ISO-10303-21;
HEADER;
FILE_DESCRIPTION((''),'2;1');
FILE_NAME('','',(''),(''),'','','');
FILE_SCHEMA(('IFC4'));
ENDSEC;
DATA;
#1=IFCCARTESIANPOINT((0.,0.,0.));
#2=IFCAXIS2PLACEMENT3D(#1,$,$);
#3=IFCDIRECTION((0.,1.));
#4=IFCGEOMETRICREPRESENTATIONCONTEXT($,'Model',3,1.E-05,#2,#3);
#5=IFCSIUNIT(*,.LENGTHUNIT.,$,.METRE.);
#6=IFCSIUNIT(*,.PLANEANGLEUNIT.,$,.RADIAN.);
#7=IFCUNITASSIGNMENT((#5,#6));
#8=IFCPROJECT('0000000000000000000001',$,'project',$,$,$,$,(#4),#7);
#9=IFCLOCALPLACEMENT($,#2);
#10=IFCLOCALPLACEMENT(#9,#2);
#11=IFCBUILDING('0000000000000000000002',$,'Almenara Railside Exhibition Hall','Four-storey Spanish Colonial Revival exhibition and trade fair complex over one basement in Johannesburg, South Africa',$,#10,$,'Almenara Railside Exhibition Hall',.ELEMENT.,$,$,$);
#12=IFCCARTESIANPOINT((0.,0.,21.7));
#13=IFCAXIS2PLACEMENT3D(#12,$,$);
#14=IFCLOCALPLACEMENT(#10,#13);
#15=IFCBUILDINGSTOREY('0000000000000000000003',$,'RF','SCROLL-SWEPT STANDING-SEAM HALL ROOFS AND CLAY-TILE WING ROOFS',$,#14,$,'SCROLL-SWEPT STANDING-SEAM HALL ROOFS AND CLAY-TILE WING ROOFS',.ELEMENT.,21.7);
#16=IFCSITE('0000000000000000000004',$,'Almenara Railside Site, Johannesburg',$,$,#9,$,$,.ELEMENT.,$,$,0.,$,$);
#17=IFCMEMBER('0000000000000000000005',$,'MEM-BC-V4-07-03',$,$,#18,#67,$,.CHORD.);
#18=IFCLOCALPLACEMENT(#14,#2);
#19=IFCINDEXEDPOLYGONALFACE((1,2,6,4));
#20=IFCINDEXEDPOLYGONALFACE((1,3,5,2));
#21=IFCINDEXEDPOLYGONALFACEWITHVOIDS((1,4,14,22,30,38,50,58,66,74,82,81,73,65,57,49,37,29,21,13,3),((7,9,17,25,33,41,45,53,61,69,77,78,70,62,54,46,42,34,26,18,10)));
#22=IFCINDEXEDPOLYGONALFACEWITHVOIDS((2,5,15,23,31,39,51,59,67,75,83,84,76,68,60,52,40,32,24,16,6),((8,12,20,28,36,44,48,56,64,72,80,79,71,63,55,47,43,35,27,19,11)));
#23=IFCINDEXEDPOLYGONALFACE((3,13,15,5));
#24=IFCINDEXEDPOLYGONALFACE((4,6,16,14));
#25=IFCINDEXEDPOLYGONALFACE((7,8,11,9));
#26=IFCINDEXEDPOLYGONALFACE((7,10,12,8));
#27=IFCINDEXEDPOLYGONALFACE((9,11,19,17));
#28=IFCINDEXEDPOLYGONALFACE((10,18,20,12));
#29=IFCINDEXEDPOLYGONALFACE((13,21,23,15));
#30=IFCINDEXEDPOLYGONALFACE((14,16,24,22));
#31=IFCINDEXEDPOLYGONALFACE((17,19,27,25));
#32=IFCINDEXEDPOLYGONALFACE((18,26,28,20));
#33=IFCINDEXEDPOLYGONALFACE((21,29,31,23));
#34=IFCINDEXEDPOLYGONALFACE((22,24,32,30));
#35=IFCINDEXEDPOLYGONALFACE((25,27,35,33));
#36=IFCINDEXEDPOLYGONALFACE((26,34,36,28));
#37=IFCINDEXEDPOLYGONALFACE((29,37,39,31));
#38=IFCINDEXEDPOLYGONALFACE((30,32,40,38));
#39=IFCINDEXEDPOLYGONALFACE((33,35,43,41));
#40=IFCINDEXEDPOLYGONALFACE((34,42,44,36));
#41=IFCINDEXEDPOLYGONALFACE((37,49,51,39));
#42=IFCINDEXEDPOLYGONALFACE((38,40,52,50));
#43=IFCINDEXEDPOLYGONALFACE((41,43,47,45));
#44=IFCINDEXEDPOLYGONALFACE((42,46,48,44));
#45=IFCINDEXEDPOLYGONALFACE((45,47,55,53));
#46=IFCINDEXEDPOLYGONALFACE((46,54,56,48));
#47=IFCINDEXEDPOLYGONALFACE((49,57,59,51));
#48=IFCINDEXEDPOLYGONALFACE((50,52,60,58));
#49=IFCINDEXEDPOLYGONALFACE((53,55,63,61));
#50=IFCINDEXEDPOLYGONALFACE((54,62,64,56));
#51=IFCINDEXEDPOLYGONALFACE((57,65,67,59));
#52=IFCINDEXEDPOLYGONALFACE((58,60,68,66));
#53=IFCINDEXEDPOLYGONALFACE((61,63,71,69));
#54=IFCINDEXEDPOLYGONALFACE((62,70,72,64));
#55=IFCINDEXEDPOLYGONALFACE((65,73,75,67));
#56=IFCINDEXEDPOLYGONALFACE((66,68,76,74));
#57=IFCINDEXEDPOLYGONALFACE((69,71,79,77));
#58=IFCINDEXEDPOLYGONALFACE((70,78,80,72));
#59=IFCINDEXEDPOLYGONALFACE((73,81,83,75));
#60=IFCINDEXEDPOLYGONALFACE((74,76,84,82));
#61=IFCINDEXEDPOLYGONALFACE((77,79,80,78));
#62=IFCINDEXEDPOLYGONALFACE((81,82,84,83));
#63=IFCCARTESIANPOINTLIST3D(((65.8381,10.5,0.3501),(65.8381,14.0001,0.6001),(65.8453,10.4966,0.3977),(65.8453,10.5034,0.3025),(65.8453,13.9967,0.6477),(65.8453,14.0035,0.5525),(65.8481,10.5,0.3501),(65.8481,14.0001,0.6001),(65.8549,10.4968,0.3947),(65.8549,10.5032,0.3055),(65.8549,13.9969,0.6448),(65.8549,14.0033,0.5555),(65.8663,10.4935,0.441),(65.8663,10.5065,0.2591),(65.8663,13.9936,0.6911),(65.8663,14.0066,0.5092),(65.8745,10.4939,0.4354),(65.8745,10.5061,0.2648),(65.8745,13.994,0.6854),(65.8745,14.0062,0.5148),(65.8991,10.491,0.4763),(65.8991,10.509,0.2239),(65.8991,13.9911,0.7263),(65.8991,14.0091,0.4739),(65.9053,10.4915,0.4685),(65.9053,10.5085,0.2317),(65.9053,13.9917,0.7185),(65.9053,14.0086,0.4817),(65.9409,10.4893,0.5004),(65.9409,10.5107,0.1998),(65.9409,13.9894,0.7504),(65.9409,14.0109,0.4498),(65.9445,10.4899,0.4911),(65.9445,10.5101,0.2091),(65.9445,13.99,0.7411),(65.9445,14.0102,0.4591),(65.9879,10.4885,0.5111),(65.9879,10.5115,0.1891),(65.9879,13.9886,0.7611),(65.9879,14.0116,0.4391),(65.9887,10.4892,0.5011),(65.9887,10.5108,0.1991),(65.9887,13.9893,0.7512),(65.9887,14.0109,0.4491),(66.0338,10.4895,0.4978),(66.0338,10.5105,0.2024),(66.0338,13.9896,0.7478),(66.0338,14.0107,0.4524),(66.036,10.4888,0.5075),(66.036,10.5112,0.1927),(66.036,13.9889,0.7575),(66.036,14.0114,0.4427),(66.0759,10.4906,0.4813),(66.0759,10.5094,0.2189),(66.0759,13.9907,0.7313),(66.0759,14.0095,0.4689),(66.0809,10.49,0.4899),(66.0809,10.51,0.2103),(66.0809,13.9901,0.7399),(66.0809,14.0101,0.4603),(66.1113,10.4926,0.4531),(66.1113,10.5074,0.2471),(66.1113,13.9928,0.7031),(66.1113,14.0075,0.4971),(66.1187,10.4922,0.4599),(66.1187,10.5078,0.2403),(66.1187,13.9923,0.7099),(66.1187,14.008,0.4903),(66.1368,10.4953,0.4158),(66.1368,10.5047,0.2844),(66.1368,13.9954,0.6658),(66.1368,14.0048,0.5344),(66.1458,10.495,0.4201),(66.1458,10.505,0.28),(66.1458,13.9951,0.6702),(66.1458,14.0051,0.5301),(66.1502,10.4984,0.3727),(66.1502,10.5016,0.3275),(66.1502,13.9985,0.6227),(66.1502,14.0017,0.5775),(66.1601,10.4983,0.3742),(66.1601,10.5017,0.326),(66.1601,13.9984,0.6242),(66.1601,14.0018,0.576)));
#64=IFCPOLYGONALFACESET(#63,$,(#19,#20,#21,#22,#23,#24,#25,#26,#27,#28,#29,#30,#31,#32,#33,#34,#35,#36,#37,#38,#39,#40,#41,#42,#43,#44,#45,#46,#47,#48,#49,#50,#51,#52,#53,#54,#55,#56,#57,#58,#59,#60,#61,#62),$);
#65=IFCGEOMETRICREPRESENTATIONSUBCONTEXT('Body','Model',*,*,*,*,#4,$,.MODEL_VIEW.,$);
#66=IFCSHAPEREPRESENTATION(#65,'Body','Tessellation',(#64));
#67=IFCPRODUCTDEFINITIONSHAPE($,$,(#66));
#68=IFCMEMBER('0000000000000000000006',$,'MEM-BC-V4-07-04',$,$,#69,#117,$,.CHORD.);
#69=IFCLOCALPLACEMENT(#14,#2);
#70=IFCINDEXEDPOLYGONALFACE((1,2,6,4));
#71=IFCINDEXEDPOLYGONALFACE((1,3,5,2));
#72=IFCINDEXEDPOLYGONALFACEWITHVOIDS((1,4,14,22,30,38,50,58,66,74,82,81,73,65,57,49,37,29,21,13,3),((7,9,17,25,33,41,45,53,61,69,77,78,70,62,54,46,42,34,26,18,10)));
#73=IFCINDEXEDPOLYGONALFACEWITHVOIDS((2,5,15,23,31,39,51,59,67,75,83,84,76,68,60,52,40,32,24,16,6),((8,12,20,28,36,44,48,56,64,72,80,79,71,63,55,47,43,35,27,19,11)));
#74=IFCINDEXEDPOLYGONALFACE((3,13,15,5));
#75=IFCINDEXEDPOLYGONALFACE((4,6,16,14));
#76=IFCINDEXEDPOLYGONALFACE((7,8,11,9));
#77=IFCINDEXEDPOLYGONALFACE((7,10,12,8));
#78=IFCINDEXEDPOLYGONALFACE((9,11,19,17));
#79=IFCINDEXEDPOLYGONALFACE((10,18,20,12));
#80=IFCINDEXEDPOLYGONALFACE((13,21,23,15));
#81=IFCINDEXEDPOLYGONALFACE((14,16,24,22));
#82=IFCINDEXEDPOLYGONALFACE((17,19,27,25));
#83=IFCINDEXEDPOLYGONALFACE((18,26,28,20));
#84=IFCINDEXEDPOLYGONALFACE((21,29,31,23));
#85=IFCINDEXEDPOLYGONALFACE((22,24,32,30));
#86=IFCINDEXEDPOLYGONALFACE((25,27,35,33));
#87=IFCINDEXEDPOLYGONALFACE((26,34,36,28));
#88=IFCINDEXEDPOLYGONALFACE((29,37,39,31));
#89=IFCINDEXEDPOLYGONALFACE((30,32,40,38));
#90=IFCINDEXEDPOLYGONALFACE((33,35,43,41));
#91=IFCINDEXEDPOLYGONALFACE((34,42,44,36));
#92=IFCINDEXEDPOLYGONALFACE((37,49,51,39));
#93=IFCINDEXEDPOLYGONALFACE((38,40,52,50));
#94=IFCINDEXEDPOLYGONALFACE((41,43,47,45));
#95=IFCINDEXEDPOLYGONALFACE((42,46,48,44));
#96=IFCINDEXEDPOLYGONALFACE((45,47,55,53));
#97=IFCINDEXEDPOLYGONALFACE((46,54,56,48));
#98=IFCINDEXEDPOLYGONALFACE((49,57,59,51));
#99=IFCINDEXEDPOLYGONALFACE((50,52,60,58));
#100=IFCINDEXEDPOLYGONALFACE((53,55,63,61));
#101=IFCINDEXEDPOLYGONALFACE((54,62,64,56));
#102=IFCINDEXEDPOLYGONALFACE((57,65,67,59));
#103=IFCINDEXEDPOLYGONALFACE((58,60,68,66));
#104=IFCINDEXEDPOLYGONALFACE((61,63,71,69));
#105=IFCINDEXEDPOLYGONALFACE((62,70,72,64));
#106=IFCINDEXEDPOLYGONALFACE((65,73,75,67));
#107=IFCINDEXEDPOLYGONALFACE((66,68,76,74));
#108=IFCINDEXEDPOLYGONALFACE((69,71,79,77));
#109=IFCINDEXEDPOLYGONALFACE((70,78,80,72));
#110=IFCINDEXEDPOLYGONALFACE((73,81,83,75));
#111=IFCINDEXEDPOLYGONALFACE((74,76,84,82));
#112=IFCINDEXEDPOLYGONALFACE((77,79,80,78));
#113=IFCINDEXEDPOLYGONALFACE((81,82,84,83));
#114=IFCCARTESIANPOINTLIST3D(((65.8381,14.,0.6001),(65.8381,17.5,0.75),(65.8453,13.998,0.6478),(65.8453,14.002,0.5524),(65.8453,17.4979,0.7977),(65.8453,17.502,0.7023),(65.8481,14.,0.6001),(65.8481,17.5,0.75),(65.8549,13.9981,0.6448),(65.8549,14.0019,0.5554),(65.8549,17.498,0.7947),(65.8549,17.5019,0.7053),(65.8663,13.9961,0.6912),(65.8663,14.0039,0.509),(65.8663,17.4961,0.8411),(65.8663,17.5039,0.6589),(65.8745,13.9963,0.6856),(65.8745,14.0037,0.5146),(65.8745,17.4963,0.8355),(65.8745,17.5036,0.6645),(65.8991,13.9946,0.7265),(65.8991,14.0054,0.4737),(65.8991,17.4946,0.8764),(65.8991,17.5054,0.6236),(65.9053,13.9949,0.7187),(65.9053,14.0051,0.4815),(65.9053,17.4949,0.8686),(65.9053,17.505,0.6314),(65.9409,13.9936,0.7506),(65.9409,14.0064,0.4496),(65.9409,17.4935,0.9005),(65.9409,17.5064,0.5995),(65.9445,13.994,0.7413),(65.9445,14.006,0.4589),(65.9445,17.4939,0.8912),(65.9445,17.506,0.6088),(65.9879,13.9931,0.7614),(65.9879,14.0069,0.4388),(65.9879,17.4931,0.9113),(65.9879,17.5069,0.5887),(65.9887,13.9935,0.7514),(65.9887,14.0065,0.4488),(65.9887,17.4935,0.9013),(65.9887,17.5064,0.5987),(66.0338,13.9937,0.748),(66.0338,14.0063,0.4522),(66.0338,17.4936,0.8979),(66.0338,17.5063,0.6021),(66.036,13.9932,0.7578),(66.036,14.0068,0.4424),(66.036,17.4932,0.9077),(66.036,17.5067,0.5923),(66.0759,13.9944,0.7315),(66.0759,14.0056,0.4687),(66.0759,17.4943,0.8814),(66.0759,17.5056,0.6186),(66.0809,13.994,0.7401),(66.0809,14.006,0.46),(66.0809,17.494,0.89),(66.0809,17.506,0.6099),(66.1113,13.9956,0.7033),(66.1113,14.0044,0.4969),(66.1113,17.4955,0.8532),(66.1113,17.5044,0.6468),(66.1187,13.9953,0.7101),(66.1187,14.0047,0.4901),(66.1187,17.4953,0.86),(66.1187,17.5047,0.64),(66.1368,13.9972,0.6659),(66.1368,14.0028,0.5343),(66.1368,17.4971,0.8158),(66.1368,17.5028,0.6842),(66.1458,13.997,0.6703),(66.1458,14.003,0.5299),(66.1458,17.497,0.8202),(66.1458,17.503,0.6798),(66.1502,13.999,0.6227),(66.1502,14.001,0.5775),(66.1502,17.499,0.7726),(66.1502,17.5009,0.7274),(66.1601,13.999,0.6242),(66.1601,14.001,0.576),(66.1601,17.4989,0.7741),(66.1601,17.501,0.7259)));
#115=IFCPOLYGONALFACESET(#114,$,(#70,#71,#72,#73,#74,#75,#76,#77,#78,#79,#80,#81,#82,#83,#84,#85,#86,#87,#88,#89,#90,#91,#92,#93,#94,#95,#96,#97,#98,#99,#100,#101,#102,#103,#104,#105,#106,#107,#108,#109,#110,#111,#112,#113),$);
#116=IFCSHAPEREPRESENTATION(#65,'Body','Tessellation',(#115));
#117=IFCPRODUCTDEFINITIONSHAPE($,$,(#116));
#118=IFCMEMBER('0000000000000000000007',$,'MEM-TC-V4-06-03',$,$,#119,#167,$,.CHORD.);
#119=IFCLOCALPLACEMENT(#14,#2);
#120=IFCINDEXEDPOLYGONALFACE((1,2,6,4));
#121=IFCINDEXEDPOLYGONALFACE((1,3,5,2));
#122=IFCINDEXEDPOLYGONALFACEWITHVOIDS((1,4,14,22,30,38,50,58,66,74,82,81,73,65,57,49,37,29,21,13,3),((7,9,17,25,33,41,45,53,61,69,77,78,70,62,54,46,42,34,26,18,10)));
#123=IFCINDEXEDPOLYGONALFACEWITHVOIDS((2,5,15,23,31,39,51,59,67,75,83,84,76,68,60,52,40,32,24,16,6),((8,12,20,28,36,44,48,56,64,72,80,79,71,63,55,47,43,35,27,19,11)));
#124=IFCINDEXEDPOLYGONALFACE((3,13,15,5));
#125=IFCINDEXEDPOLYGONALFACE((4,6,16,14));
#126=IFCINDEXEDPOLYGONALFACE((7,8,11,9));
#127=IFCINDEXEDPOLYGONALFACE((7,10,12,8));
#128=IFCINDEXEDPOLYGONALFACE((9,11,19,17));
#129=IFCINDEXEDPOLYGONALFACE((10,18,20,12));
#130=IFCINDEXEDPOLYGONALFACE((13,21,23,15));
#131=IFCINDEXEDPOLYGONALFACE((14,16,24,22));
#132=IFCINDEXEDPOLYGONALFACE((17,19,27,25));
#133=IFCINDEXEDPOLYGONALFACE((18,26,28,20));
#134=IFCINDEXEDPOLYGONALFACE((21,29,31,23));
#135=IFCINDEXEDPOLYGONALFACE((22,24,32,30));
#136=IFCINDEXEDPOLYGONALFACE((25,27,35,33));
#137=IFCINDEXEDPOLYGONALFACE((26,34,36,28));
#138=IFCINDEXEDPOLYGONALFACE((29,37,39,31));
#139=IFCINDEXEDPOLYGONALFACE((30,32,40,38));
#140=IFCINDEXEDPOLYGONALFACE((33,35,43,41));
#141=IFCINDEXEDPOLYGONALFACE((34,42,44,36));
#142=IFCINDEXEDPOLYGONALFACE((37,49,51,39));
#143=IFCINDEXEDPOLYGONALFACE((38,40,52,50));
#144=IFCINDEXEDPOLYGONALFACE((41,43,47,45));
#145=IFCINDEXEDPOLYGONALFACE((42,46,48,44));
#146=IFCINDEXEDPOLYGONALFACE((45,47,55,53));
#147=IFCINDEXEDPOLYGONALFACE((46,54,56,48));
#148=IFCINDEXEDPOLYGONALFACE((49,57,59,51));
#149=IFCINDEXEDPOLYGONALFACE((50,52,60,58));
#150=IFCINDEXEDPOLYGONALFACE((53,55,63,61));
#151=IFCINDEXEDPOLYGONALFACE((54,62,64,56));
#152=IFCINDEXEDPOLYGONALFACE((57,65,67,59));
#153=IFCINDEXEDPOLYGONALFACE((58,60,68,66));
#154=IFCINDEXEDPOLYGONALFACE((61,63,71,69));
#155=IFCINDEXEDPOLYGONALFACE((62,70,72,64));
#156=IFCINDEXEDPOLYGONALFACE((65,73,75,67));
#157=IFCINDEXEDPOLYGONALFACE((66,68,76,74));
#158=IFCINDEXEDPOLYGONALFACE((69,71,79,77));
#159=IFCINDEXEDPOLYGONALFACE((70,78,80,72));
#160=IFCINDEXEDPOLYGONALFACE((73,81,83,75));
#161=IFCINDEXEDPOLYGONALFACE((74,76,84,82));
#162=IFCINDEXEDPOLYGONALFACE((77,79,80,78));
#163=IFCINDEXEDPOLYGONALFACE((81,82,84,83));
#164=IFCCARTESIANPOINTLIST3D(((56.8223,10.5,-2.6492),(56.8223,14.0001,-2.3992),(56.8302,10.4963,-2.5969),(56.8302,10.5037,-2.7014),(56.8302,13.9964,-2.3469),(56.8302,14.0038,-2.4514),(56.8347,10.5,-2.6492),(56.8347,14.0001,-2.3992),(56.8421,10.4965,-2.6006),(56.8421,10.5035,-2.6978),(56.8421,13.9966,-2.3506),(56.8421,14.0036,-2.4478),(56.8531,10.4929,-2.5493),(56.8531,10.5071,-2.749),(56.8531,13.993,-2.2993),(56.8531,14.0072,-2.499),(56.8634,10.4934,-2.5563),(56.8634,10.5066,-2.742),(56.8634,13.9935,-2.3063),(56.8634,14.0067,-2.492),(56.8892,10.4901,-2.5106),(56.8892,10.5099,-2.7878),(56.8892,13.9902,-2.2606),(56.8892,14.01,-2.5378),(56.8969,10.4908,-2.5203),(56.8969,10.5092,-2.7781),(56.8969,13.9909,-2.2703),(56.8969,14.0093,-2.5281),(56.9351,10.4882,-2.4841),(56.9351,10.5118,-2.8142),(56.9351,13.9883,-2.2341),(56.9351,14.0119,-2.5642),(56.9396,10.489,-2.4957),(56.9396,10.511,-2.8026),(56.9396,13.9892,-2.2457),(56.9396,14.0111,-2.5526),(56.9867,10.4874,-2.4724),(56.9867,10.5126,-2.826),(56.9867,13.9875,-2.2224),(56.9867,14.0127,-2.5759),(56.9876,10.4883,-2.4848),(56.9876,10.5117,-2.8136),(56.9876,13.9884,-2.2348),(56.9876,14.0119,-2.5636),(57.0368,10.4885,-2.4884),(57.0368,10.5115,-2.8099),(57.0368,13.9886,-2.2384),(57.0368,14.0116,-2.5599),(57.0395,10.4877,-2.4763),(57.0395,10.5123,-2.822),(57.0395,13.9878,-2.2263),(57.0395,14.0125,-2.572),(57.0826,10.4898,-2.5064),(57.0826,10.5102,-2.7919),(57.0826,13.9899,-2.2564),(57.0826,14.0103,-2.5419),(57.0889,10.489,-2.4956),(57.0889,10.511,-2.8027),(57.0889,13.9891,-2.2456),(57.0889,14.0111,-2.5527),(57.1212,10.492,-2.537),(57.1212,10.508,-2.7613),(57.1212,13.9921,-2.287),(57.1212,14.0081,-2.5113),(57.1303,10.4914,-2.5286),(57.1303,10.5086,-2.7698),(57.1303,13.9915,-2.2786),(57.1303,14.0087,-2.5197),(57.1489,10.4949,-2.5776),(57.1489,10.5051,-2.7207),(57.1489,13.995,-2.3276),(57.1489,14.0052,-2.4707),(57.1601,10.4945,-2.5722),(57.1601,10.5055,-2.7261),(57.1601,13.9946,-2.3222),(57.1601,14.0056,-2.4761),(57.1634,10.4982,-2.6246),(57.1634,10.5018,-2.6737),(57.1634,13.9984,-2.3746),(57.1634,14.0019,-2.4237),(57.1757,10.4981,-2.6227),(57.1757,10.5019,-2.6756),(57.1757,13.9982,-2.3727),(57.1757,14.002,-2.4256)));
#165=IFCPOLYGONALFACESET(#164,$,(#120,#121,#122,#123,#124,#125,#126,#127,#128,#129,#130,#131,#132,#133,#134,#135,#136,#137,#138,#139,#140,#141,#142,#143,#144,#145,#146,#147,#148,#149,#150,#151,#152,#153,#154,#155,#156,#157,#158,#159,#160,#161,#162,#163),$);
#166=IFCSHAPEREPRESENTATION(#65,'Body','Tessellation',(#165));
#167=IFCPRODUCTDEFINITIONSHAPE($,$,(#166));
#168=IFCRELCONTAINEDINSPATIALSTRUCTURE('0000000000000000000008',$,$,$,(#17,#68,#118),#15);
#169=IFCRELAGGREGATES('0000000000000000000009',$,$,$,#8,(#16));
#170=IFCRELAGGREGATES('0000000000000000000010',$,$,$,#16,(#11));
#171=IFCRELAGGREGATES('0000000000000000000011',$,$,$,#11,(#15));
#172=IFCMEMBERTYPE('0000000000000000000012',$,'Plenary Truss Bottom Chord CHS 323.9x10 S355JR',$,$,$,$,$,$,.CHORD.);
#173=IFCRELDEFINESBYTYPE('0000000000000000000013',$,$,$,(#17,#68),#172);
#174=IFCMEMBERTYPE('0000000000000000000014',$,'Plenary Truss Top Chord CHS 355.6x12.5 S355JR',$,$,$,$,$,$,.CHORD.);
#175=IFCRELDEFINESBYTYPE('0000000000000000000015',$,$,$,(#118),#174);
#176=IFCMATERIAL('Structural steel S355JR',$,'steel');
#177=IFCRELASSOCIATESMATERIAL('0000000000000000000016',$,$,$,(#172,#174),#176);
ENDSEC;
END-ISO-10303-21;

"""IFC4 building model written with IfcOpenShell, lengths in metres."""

from ifc_helpers import new_model, si_unit, direction, frame, origin, origin_2d, place, context, subcontext, project, spatial, hollow_circle, extrude, material, material_profile, profile_set, type_object, element, save


model = new_model("IFC4")

# Units and contexts
model_context = context("Model", 3, precision=1e-05, world=origin(), true_north=direction((0.0, 1.0)))
body_context = subcontext(model_context, "Body", "Model", "MODEL_VIEW")
ifc_project = project(units=[si_unit("LENGTHUNIT", "METRE"), si_unit("PLANEANGLEUNIT", "RADIAN")], contexts=[model_context])

# Site, building, storey
site_placement = place(None, origin())
site = spatial("IfcSite", under=ifc_project, at=site_placement, Name="Almenara Railside Site, Johannesburg", CompositionType="ELEMENT", RefElevation=0.0)
building_placement = place(site_placement, origin())
building = spatial("IfcBuilding", under=site, at=building_placement, Name="Almenara Railside Exhibition Hall", Description="Four-storey Spanish Colonial Revival exhibition and trade fair complex over one basement in Johannesburg, South Africa", LongName="Almenara Railside Exhibition Hall", CompositionType="ELEMENT")
storey_placement = place(building_placement, frame((0.0, 0.0, 21.7)))
storey = spatial("IfcBuildingStorey", under=building, at=storey_placement, Name="RF", Description="SCROLL-SWEPT STANDING-SEAM HALL ROOFS AND CLAY-TILE WING ROOFS", LongName="SCROLL-SWEPT STANDING-SEAM HALL ROOFS AND CLAY-TILE WING ROOFS", CompositionType="ELEMENT", Elevation=21.7)

# Members
ifc_material_1 = material(Name="Structural steel S355JR", Category="steel")
ifc_material_profile_1 = material_profile(ifc_material_1, hollow_circle(Radius=0.1619, WallThickness=0.01, at=origin_2d()), Name="CHS 323.9x10")
ifc_profile_set_1 = profile_set([ifc_material_profile_1], Name="Structural steel S355JR")
member_type_1 = type_object("IfcMemberType", Name="Plenary Truss Bottom Chord CHS 323.9x10 S355JR", PredefinedType="CHORD", material=ifc_profile_set_1)
member_1_placement = place(storey_placement, frame((66.0, 10.5, 0.3501), z_axis=(0.0, 0.997459, 0.071247), x_axis=(-1.0, 0.0, 0.0)))
element("IfcMember", 1, at=member_1_placement, inside=storey, type_object=member_type_1, Name="MEM-BC-V4-07-03", PredefinedType="CHORD", context=body_context, shape_type="SweptSolid", body=[
    extrude(hollow_circle(Radius=0.1619, WallThickness=0.01, at=origin_2d()), origin(), (0.0, 0.0, 1.0), 3.509),
])
member_2_placement = place(storey_placement, frame((66.0, 14.0, 0.6001), z_axis=(0.0, 0.999084, 0.04279), x_axis=(-1.0, 0.0, 0.0)))
element("IfcMember", 2, at=member_2_placement, inside=storey, type_object=member_type_1, Name="MEM-BC-V4-07-04", PredefinedType="CHORD", context=body_context, shape_type="SweptSolid", body=[
    extrude(hollow_circle(Radius=0.1619, WallThickness=0.01, at=origin_2d()), origin(), (0.0, 0.0, 1.0), 3.5032),
])
ifc_material_profile_2 = material_profile(ifc_material_1, hollow_circle(Radius=0.1777, WallThickness=0.0125, at=origin_2d()), Name="CHS 355.6x12.5")
ifc_profile_set_2 = profile_set([ifc_material_profile_2], Name="Structural steel S355JR")
member_type_2 = type_object("IfcMemberType", Name="Plenary Truss Top Chord CHS 355.6x12.5 S355JR", PredefinedType="CHORD", material=ifc_profile_set_2)
member_3_placement = place(storey_placement, frame((57.0, 10.5, -2.6492), z_axis=(0.0, 0.997459, 0.071247), x_axis=(-1.0, 0.0, 0.0)))
element("IfcMember", 3, at=member_3_placement, inside=storey, type_object=member_type_2, Name="MEM-TC-V4-06-03", PredefinedType="CHORD", context=body_context, shape_type="SweptSolid", body=[
    extrude(hollow_circle(Radius=0.1777, WallThickness=0.0125, at=origin_2d()), origin(), (0.0, 0.0, 1.0), 3.509),
])

save(model, "model.ifc")
